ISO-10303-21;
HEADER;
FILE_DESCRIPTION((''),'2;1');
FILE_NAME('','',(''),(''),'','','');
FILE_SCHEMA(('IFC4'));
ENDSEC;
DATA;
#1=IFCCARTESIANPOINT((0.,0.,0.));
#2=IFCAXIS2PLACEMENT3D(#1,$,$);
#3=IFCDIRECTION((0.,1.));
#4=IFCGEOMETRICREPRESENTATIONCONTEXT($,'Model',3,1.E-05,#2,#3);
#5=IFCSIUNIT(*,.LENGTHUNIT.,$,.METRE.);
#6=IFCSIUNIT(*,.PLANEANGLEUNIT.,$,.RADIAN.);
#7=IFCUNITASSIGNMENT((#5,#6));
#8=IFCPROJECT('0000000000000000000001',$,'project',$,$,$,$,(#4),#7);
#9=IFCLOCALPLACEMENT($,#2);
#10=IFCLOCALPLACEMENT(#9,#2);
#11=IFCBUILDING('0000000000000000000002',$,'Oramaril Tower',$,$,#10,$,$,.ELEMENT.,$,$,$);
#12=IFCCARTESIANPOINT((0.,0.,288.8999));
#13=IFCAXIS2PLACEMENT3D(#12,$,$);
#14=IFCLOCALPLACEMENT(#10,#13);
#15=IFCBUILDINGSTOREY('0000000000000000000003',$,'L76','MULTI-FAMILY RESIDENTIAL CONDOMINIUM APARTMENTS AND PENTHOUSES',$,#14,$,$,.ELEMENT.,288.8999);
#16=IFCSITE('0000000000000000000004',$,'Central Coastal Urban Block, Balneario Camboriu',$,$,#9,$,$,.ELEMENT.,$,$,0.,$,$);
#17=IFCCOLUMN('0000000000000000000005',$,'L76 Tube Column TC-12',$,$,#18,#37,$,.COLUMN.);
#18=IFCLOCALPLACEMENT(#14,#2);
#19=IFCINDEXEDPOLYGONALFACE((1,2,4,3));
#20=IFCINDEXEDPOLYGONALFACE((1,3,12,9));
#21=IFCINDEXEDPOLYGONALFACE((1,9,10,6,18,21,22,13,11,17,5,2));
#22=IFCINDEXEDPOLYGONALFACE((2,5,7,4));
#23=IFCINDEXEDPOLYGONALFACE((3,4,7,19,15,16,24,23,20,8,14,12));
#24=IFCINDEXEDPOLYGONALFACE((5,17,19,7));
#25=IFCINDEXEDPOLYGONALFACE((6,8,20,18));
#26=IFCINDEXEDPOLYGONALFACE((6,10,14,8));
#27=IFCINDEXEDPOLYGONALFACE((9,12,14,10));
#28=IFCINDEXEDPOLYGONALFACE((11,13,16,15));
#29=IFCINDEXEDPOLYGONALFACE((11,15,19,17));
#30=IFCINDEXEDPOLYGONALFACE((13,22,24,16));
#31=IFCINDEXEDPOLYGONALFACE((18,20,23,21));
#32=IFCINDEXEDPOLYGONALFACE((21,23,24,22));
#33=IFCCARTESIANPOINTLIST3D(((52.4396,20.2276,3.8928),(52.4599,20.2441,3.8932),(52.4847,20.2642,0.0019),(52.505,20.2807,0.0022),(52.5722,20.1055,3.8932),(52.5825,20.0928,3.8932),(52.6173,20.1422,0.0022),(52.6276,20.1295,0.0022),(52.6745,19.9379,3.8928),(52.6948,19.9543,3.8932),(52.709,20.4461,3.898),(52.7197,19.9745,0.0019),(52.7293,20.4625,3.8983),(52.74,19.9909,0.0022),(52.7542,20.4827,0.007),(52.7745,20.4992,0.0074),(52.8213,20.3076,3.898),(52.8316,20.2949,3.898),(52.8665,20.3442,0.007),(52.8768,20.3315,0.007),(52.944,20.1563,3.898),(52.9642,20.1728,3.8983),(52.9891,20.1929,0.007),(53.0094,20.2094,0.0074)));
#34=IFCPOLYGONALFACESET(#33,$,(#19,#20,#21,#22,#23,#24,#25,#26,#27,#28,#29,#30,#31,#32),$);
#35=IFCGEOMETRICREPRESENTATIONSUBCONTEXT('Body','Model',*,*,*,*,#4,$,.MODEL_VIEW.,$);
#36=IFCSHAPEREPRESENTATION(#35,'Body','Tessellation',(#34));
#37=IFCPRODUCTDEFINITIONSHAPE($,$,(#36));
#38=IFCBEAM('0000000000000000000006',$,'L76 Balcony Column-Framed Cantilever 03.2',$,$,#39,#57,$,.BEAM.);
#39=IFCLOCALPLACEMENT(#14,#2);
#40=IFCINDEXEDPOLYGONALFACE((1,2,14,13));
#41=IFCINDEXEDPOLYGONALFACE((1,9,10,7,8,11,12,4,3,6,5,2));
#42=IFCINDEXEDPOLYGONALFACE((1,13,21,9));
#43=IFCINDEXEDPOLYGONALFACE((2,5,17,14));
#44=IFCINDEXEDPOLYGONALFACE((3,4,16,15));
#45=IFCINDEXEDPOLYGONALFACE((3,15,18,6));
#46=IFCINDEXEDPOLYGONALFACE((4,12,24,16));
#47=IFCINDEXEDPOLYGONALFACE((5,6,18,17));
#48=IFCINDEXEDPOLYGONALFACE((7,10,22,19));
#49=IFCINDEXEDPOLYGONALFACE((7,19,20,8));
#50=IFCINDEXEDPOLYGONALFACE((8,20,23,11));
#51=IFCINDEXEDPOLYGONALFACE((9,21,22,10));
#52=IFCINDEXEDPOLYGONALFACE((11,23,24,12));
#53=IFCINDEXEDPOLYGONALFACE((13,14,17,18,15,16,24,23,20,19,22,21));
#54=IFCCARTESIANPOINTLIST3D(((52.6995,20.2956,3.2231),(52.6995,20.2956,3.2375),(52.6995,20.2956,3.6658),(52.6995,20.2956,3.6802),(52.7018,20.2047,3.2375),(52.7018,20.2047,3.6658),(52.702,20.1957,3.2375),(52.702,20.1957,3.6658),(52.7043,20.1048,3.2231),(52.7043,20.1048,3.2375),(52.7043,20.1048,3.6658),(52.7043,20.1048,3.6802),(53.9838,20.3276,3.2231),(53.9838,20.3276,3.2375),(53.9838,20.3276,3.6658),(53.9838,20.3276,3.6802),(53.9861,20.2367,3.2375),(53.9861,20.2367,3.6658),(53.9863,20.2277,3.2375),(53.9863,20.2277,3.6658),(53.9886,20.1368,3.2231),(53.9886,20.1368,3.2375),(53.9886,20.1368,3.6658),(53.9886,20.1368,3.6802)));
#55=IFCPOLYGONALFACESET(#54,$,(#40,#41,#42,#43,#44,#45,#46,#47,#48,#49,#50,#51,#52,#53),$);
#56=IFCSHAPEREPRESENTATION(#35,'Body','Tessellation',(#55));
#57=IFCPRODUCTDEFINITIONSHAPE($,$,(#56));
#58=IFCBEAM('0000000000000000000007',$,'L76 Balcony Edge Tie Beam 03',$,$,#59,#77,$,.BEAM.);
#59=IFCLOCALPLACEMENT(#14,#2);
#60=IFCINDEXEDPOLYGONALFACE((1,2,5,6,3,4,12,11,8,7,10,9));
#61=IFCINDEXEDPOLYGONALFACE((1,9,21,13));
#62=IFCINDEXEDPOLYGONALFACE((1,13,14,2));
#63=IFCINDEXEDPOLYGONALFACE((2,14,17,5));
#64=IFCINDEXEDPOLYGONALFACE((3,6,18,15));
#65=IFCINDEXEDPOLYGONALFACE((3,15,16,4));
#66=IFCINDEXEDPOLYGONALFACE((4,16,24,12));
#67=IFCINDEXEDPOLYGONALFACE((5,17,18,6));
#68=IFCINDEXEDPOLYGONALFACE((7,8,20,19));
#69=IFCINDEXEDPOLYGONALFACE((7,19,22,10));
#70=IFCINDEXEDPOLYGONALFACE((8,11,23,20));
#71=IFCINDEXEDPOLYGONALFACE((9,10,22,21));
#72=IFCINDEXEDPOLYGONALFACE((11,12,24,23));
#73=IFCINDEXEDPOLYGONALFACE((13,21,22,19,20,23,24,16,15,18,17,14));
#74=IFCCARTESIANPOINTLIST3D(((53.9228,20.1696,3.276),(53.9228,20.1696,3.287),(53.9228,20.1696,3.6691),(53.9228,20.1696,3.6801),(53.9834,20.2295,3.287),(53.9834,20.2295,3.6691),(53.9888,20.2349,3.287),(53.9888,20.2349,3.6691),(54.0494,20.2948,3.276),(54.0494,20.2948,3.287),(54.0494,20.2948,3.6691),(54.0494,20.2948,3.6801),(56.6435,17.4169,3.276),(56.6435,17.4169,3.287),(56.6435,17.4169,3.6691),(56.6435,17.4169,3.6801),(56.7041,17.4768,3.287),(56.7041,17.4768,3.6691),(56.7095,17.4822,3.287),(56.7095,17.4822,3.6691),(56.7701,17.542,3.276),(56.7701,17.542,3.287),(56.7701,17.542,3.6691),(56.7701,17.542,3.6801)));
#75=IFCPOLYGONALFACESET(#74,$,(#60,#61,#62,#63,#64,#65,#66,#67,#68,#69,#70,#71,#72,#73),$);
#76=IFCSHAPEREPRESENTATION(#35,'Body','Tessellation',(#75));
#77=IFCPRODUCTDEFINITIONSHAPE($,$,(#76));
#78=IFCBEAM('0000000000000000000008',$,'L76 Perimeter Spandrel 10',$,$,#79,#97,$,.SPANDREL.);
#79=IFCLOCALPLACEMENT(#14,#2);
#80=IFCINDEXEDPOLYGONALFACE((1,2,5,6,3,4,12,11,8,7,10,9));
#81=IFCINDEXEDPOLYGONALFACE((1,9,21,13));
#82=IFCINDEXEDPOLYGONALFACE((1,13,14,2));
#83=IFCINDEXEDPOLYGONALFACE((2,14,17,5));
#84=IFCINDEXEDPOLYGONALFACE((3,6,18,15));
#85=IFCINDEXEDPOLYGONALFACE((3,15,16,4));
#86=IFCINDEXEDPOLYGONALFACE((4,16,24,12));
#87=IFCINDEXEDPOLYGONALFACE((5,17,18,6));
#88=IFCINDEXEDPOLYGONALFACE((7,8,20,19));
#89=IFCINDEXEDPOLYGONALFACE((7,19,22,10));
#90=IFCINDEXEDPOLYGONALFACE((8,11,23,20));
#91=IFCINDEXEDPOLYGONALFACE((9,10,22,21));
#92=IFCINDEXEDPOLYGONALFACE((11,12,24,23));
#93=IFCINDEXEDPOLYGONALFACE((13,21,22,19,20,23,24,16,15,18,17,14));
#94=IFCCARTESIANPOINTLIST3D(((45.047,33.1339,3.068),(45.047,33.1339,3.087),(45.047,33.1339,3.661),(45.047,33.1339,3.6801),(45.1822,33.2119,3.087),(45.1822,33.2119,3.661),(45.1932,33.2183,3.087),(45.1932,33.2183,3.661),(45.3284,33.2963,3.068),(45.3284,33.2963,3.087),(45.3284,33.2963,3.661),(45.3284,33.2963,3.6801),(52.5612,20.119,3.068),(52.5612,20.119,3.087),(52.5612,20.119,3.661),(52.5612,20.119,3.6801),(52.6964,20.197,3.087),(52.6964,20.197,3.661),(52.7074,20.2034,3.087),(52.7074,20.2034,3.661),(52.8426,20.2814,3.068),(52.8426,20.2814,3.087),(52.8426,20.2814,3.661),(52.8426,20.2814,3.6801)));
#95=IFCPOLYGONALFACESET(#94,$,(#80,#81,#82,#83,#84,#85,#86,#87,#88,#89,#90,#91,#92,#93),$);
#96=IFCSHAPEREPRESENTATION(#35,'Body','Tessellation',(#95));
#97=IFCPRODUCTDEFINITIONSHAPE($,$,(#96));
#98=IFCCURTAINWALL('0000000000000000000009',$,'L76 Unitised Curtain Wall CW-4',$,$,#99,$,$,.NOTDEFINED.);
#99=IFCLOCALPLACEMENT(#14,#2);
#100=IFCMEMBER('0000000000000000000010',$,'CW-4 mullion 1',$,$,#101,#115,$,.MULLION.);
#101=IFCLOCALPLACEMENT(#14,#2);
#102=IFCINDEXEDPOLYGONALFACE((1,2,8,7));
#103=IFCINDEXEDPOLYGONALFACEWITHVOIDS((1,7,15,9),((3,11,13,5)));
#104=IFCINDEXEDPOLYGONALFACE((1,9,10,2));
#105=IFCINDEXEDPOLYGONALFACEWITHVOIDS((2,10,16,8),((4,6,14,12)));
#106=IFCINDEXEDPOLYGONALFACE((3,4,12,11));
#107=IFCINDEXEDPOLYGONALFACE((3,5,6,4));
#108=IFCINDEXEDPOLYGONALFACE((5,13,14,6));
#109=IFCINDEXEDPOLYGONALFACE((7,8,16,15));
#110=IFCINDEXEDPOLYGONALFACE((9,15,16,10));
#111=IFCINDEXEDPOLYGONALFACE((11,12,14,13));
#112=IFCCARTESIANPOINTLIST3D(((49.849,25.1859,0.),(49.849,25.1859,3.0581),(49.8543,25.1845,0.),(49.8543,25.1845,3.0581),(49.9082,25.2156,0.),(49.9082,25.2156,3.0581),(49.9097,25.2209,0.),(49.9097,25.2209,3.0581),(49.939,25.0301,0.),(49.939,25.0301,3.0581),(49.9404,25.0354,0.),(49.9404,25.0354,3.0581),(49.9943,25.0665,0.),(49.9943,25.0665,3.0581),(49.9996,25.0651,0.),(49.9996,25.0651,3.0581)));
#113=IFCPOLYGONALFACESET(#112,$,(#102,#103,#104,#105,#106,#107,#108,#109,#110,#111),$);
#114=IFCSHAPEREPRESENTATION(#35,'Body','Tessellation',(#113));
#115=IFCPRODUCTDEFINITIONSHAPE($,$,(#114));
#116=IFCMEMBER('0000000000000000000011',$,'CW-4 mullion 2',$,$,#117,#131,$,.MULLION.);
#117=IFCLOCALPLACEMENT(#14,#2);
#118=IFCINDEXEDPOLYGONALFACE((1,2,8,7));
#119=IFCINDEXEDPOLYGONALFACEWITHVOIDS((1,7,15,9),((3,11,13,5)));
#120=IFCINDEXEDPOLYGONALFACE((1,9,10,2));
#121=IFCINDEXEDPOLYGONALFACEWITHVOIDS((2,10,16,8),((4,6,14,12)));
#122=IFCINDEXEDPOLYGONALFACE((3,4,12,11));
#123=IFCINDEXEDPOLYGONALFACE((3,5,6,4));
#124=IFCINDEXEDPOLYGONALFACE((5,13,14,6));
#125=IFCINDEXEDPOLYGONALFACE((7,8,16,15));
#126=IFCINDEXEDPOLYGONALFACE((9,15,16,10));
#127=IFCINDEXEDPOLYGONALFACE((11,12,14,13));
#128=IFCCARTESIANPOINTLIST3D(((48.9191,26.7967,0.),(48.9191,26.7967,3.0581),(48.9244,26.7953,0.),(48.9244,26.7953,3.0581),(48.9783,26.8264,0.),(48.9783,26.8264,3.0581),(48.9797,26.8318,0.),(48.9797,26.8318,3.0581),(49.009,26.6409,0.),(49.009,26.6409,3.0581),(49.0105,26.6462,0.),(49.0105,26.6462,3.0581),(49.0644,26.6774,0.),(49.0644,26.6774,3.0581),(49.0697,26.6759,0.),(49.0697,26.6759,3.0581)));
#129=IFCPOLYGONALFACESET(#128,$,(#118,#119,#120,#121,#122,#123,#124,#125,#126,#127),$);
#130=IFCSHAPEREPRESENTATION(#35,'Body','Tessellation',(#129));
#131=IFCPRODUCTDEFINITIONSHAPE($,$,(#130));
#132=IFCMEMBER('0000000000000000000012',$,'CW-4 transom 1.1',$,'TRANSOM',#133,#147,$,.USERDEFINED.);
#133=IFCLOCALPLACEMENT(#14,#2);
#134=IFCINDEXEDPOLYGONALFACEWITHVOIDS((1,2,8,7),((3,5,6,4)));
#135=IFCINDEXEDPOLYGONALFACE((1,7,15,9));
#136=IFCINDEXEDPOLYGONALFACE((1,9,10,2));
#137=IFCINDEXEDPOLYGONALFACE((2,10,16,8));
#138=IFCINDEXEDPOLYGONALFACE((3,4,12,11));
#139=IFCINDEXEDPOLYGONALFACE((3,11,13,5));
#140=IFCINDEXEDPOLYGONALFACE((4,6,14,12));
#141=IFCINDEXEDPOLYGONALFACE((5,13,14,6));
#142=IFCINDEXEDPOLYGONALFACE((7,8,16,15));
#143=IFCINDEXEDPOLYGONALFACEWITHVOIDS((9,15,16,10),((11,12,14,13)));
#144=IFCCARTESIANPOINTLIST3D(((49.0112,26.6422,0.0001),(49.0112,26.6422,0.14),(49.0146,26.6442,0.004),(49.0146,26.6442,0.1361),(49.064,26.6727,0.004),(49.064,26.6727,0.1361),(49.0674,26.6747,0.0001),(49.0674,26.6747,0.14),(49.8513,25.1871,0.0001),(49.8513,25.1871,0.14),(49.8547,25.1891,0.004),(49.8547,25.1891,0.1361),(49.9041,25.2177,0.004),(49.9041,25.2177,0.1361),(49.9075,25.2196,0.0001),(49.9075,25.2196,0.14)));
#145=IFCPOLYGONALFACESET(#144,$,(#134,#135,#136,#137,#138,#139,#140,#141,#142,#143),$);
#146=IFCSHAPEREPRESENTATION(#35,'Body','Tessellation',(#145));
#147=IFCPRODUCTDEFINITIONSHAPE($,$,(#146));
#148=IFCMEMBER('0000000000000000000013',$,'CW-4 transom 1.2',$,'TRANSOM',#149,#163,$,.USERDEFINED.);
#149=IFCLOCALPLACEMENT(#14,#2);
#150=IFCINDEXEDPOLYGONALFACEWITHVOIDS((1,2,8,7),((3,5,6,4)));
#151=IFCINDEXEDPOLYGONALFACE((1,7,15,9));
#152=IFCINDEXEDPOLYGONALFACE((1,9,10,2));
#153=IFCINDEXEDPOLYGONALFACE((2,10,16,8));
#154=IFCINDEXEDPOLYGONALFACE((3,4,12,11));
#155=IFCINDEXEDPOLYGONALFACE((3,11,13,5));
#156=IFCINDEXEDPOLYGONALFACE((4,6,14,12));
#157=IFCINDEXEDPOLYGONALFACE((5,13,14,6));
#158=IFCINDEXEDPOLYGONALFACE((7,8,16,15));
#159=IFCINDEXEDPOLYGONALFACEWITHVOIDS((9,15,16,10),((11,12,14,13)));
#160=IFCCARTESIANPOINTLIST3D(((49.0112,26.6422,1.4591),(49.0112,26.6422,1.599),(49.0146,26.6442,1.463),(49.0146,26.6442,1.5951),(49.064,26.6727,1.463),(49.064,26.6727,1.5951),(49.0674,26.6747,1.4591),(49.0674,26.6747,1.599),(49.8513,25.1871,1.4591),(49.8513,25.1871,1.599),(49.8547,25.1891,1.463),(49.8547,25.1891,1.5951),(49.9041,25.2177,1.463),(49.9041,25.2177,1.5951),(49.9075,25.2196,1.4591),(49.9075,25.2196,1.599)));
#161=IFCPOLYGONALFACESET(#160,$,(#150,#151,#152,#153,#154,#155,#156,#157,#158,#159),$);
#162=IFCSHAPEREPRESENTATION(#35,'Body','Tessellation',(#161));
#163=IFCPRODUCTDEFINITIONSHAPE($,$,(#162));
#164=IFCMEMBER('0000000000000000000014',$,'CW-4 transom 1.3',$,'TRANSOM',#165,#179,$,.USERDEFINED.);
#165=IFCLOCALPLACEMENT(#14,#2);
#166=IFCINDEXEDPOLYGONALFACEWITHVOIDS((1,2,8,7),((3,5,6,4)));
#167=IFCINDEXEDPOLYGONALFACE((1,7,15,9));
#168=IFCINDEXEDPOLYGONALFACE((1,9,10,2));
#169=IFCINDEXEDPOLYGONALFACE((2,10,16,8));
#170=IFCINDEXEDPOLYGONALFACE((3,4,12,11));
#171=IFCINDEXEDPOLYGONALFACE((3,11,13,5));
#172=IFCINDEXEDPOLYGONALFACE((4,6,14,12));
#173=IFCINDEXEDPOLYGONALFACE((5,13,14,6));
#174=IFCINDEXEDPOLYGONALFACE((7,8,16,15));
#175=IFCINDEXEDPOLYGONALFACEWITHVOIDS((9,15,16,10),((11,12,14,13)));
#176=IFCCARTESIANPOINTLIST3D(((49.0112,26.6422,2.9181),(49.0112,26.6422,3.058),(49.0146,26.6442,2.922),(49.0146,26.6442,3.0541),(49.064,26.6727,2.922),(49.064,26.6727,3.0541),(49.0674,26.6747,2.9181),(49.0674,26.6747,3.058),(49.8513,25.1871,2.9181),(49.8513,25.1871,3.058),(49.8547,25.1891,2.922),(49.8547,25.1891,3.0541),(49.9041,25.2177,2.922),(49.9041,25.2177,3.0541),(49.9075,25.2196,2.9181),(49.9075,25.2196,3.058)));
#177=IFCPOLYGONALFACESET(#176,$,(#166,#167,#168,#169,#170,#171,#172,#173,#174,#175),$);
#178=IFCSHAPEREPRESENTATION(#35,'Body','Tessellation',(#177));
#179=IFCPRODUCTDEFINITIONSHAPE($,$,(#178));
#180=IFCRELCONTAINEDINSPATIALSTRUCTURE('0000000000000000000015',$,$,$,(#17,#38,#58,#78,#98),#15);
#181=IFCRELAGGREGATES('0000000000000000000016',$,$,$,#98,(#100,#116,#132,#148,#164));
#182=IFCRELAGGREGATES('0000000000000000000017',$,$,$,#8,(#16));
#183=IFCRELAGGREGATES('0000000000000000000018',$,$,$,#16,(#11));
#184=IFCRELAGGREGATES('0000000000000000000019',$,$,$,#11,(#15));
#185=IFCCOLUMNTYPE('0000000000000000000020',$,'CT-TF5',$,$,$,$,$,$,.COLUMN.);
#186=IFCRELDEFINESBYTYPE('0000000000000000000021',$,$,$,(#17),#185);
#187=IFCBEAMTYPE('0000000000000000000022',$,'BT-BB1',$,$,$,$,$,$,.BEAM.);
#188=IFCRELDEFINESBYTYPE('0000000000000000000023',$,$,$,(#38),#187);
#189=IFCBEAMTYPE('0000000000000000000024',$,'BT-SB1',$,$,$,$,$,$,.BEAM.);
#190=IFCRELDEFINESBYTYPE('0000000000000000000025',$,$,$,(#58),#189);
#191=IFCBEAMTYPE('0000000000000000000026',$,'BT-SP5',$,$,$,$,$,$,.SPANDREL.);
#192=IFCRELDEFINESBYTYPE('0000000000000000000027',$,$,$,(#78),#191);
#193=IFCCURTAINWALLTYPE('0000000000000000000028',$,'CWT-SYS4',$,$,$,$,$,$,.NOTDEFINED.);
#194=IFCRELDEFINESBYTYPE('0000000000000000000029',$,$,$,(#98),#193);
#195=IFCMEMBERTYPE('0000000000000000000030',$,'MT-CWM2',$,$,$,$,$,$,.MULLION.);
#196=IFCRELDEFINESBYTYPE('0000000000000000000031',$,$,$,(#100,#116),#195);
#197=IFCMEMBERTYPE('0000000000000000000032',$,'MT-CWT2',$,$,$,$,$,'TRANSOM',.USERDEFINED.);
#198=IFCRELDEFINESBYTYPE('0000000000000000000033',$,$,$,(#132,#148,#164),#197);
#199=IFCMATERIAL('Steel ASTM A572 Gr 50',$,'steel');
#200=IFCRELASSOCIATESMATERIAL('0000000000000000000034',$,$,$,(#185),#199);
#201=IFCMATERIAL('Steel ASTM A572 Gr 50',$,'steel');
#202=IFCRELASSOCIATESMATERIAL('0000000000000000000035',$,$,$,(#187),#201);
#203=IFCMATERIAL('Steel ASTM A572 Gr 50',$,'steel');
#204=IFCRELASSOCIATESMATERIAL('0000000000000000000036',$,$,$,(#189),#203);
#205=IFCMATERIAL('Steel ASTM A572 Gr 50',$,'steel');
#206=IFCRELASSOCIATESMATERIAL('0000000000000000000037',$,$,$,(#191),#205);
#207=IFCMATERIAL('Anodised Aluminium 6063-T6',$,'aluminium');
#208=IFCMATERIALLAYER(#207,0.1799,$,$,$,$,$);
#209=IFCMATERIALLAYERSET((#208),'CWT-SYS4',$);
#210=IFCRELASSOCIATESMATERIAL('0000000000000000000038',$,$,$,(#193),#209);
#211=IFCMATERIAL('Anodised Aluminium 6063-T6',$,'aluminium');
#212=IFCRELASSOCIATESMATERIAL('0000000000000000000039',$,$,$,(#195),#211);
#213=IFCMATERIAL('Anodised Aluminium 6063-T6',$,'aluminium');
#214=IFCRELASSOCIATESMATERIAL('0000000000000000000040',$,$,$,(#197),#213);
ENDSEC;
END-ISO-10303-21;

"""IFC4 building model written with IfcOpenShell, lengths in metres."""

from ifc_helpers import new_model, si_unit, direction, frame, origin, origin_2d, place, context, subcontext, project, spatial, hollow_rectangle, i_section, extrude, material, layer, layer_set, material_profile, profile_set, type_object, element, aggregate, save


model = new_model("IFC4")

# Units and contexts
model_context = context("Model", 3, precision=1e-05, world=origin(), true_north=direction((0.0, 1.0)))
body_context = subcontext(model_context, "Body", "Model", "MODEL_VIEW")
ifc_project = project(units=[si_unit("LENGTHUNIT", "METRE"), si_unit("PLANEANGLEUNIT", "RADIAN")], contexts=[model_context])

# Site, building, storey
site_placement = place(None, origin())
site = spatial("IfcSite", under=ifc_project, at=site_placement, Name="Central Coastal Urban Block, Balneario Camboriu", CompositionType="ELEMENT", RefElevation=0.0)
building_placement = place(site_placement, origin())
building = spatial("IfcBuilding", under=site, at=building_placement, Name="Oramaril Tower", CompositionType="ELEMENT")
storey_placement = place(building_placement, frame((0.0, 0.0, 288.8999)))
storey = spatial("IfcBuildingStorey", under=building, at=storey_placement, Name="L76", Description="MULTI-FAMILY RESIDENTIAL CONDOMINIUM APARTMENTS AND PENTHOUSES", CompositionType="ELEMENT", Elevation=288.8999)

# Column
ifc_material_1 = material(Name="Steel ASTM A572 Gr 50", Category="steel")
ifc_material_profile_1 = material_profile(ifc_material_1, i_section(OverallWidth=0.373, OverallDepth=0.373, WebThickness=0.0164, FlangeThickness=0.0261, at=origin_2d()), Name="W14X132")
ifc_profile_set_1 = profile_set([ifc_material_profile_1], Name="Steel ASTM A572 Gr 50")
column_type = type_object("IfcColumnType", Name="CT-TF5", PredefinedType="COLUMN", material=ifc_profile_set_1)
column_placement = place(storey_placement, frame((52.7471, 20.2368, 0.0046), z_axis=(-0.011607, -0.009411, 0.999888), x_axis=(0.629802, -0.776756, 0.0)))
element("IfcColumn", 1, at=column_placement, inside=storey, type_object=column_type, Name="L76 Tube Column TC-12", PredefinedType="COLUMN", context=body_context, shape_type="SweptSolid", body=[
    extrude(i_section(OverallWidth=0.373, OverallDepth=0.373, WebThickness=0.0164, FlangeThickness=0.0261, at=origin_2d()), origin(), (0.0, 0.0, 1.0), 3.8914),
])

# Beams
ifc_material_2 = material(Name="Steel ASTM A572 Gr 50", Category="steel")
ifc_material_profile_2 = material_profile(ifc_material_2, i_section(OverallWidth=0.1909, OverallDepth=0.457, WebThickness=0.009, FlangeThickness=0.0144, at=origin_2d()), Name="W18X50")
ifc_profile_set_2 = profile_set([ifc_material_profile_2], Name="Steel ASTM A572 Gr 50")
beam_type_1 = type_object("IfcBeamType", Name="BT-BB1", PredefinedType="BEAM", material=ifc_profile_set_2)
beam_1_placement = place(storey_placement, frame((52.7019, 20.2002, 3.4517), z_axis=(0.99969, 0.024897, 0.0), x_axis=(-0.024897, 0.99969, 0.0)))
element("IfcBeam", 2, at=beam_1_placement, inside=storey, type_object=beam_type_1, Name="L76 Balcony Column-Framed Cantilever 03.2", PredefinedType="BEAM", context=body_context, shape_type="SweptSolid", body=[
    extrude(i_section(OverallWidth=0.1909, OverallDepth=0.457, WebThickness=0.009, FlangeThickness=0.0144, at=origin_2d()), origin(), (0.0, 0.0, 1.0), 1.2847),
])
ifc_material_3 = material(Name="Steel ASTM A572 Gr 50", Category="steel")
ifc_material_profile_3 = material_profile(ifc_material_3, i_section(OverallWidth=0.178, OverallDepth=0.4041, WebThickness=0.0076, FlangeThickness=0.011, at=origin_2d()), Name="W16X36")
ifc_profile_set_3 = profile_set([ifc_material_profile_3], Name="Steel ASTM A572 Gr 50")
beam_type_2 = type_object("IfcBeamType", Name="BT-SB1", PredefinedType="BEAM", material=ifc_profile_set_3)
beam_2_placement = place(storey_placement, frame((56.7068, 17.4795, 3.478), z_axis=(-0.702963, 0.711226, 0.0), x_axis=(-0.711226, -0.702963, 0.0)))
element("IfcBeam", 3, at=beam_2_placement, inside=storey, type_object=beam_type_2, Name="L76 Balcony Edge Tie Beam 03", PredefinedType="BEAM", context=body_context, shape_type="SweptSolid", body=[
    extrude(i_section(OverallWidth=0.178, OverallDepth=0.4041, WebThickness=0.0076, FlangeThickness=0.011, at=origin_2d()), origin(), (0.0, 0.0, 1.0), 3.8704),
])
ifc_material_4 = material(Name="Steel ASTM A572 Gr 50", Category="steel")
ifc_material_profile_4 = material_profile(ifc_material_4, i_section(OverallWidth=0.325, OverallDepth=0.6121, WebThickness=0.0127, FlangeThickness=0.019, at=origin_2d()), Name="W24X104")
ifc_profile_set_4 = profile_set([ifc_material_profile_4], Name="Steel ASTM A572 Gr 50")
beam_type_3 = type_object("IfcBeamType", Name="BT-SP5", PredefinedType="SPANDREL", material=ifc_profile_set_4)
beam_3_placement = place(storey_placement, frame((52.7019, 20.2002, 3.374), z_axis=(-0.5, 0.866025, 0.0), x_axis=(-0.866025, -0.5, 0.0)))
element("IfcBeam", 4, at=beam_3_placement, inside=storey, type_object=beam_type_3, Name="L76 Perimeter Spandrel 10", PredefinedType="SPANDREL", context=body_context, shape_type="SweptSolid", body=[
    extrude(i_section(OverallWidth=0.325, OverallDepth=0.6121, WebThickness=0.0127, FlangeThickness=0.019, at=origin_2d()), origin(), (0.0, 0.0, 1.0), 15.0283),
])

# Curtain wall, members
ifc_material_5 = material(Name="Anodised Aluminium 6063-T6", Category="aluminium")
ifc_layer_1 = layer(ifc_material_5, 0.1799)
ifc_layer_set_1 = layer_set([ifc_layer_1], Name="CWT-SYS4")
curtain_wall_type = type_object("IfcCurtainWallType", Name="CWT-SYS4", PredefinedType="NOTDEFINED", material=ifc_layer_set_1)
curtain_wall_placement = place(storey_placement, origin())
curtain_wall = element("IfcCurtainWall", 5, at=curtain_wall_placement, inside=storey, type_object=curtain_wall_type, Name="L76 Unitised Curtain Wall CW-4", PredefinedType="NOTDEFINED")
ifc_material_6 = material(Name="Anodised Aluminium 6063-T6", Category="aluminium")
ifc_material_profile_5 = material_profile(ifc_material_6, hollow_rectangle(XDim=0.0701, YDim=0.1799, WallThickness=0.0039, at=origin_2d()), Name="CWM180X70")
ifc_profile_set_5 = profile_set([ifc_material_profile_5], Name="Anodised Aluminium 6063-T6")
member_type_1 = type_object("IfcMemberType", Name="MT-CWM2", PredefinedType="MULLION", material=ifc_profile_set_5)
member_1_placement = place(storey_placement, frame((49.9243, 25.1255, 0.0), z_axis=(0.0, 0.0, 1.0), x_axis=(-0.866025, -0.5, 0.0)))
member_1 = element("IfcMember", 6, at=member_1_placement, type_object=member_type_1, Name="CW-4 mullion 1", PredefinedType="MULLION", context=body_context, shape_type="SweptSolid", body=[
    extrude(hollow_rectangle(XDim=0.0701, YDim=0.1799, WallThickness=0.0039, at=origin_2d()), origin(), (0.0, 0.0, 1.0), 3.0581),
])
member_2_placement = place(storey_placement, frame((48.9944, 26.7363, 0.0), z_axis=(0.0, 0.0, 1.0), x_axis=(-0.866025, -0.5, 0.0)))
member_2 = element("IfcMember", 7, at=member_2_placement, type_object=member_type_1, Name="CW-4 mullion 2", PredefinedType="MULLION", context=body_context, shape_type="SweptSolid", body=[
    extrude(hollow_rectangle(XDim=0.0701, YDim=0.1799, WallThickness=0.0039, at=origin_2d()), origin(), (0.0, 0.0, 1.0), 3.0581),
])
ifc_material_7 = material(Name="Anodised Aluminium 6063-T6", Category="aluminium")
ifc_material_profile_6 = material_profile(ifc_material_7, hollow_rectangle(XDim=0.0649, YDim=0.1399, WallThickness=0.0039, at=origin_2d()), Name="CWT140X65")
ifc_profile_set_6 = profile_set([ifc_material_profile_6], Name="Anodised Aluminium 6063-T6")
member_type_2 = type_object("IfcMemberType", Name="MT-CWT2", ElementType="TRANSOM", PredefinedType="USERDEFINED", material=ifc_profile_set_6)
member_3_placement = place(storey_placement, frame((49.8794, 25.2034, 0.0701), z_axis=(-0.499999, 0.866026, 0.0), x_axis=(-0.866026, -0.499999, 0.0)))
member_3 = element("IfcMember", 8, at=member_3_placement, type_object=member_type_2, Name="CW-4 transom 1.1", ObjectType="TRANSOM", PredefinedType="USERDEFINED", context=body_context, shape_type="SweptSolid", body=[
    extrude(hollow_rectangle(XDim=0.0649, YDim=0.1399, WallThickness=0.0039, at=origin_2d()), origin(), (0.0, 0.0, 1.0), 1.6802),
])
member_4_placement = place(storey_placement, frame((49.8794, 25.2034, 1.5291), z_axis=(-0.499999, 0.866026, 0.0), x_axis=(-0.866026, -0.499999, 0.0)))
member_4 = element("IfcMember", 9, at=member_4_placement, type_object=member_type_2, Name="CW-4 transom 1.2", ObjectType="TRANSOM", PredefinedType="USERDEFINED", context=body_context, shape_type="SweptSolid", body=[
    extrude(hollow_rectangle(XDim=0.0649, YDim=0.1399, WallThickness=0.0039, at=origin_2d()), origin(), (0.0, 0.0, 1.0), 1.6802),
])
member_5_placement = place(storey_placement, frame((49.8794, 25.2034, 2.988), z_axis=(-0.499999, 0.866026, 0.0), x_axis=(-0.866026, -0.499999, 0.0)))
member_5 = element("IfcMember", 10, at=member_5_placement, type_object=member_type_2, Name="CW-4 transom 1.3", ObjectType="TRANSOM", PredefinedType="USERDEFINED", context=body_context, shape_type="SweptSolid", body=[
    extrude(hollow_rectangle(XDim=0.0649, YDim=0.1399, WallThickness=0.0039, at=origin_2d()), origin(), (0.0, 0.0, 1.0), 1.6802),
])
aggregate(curtain_wall, [member_1, member_2, member_3, member_4, member_5])

save(model, "model.ifc")
